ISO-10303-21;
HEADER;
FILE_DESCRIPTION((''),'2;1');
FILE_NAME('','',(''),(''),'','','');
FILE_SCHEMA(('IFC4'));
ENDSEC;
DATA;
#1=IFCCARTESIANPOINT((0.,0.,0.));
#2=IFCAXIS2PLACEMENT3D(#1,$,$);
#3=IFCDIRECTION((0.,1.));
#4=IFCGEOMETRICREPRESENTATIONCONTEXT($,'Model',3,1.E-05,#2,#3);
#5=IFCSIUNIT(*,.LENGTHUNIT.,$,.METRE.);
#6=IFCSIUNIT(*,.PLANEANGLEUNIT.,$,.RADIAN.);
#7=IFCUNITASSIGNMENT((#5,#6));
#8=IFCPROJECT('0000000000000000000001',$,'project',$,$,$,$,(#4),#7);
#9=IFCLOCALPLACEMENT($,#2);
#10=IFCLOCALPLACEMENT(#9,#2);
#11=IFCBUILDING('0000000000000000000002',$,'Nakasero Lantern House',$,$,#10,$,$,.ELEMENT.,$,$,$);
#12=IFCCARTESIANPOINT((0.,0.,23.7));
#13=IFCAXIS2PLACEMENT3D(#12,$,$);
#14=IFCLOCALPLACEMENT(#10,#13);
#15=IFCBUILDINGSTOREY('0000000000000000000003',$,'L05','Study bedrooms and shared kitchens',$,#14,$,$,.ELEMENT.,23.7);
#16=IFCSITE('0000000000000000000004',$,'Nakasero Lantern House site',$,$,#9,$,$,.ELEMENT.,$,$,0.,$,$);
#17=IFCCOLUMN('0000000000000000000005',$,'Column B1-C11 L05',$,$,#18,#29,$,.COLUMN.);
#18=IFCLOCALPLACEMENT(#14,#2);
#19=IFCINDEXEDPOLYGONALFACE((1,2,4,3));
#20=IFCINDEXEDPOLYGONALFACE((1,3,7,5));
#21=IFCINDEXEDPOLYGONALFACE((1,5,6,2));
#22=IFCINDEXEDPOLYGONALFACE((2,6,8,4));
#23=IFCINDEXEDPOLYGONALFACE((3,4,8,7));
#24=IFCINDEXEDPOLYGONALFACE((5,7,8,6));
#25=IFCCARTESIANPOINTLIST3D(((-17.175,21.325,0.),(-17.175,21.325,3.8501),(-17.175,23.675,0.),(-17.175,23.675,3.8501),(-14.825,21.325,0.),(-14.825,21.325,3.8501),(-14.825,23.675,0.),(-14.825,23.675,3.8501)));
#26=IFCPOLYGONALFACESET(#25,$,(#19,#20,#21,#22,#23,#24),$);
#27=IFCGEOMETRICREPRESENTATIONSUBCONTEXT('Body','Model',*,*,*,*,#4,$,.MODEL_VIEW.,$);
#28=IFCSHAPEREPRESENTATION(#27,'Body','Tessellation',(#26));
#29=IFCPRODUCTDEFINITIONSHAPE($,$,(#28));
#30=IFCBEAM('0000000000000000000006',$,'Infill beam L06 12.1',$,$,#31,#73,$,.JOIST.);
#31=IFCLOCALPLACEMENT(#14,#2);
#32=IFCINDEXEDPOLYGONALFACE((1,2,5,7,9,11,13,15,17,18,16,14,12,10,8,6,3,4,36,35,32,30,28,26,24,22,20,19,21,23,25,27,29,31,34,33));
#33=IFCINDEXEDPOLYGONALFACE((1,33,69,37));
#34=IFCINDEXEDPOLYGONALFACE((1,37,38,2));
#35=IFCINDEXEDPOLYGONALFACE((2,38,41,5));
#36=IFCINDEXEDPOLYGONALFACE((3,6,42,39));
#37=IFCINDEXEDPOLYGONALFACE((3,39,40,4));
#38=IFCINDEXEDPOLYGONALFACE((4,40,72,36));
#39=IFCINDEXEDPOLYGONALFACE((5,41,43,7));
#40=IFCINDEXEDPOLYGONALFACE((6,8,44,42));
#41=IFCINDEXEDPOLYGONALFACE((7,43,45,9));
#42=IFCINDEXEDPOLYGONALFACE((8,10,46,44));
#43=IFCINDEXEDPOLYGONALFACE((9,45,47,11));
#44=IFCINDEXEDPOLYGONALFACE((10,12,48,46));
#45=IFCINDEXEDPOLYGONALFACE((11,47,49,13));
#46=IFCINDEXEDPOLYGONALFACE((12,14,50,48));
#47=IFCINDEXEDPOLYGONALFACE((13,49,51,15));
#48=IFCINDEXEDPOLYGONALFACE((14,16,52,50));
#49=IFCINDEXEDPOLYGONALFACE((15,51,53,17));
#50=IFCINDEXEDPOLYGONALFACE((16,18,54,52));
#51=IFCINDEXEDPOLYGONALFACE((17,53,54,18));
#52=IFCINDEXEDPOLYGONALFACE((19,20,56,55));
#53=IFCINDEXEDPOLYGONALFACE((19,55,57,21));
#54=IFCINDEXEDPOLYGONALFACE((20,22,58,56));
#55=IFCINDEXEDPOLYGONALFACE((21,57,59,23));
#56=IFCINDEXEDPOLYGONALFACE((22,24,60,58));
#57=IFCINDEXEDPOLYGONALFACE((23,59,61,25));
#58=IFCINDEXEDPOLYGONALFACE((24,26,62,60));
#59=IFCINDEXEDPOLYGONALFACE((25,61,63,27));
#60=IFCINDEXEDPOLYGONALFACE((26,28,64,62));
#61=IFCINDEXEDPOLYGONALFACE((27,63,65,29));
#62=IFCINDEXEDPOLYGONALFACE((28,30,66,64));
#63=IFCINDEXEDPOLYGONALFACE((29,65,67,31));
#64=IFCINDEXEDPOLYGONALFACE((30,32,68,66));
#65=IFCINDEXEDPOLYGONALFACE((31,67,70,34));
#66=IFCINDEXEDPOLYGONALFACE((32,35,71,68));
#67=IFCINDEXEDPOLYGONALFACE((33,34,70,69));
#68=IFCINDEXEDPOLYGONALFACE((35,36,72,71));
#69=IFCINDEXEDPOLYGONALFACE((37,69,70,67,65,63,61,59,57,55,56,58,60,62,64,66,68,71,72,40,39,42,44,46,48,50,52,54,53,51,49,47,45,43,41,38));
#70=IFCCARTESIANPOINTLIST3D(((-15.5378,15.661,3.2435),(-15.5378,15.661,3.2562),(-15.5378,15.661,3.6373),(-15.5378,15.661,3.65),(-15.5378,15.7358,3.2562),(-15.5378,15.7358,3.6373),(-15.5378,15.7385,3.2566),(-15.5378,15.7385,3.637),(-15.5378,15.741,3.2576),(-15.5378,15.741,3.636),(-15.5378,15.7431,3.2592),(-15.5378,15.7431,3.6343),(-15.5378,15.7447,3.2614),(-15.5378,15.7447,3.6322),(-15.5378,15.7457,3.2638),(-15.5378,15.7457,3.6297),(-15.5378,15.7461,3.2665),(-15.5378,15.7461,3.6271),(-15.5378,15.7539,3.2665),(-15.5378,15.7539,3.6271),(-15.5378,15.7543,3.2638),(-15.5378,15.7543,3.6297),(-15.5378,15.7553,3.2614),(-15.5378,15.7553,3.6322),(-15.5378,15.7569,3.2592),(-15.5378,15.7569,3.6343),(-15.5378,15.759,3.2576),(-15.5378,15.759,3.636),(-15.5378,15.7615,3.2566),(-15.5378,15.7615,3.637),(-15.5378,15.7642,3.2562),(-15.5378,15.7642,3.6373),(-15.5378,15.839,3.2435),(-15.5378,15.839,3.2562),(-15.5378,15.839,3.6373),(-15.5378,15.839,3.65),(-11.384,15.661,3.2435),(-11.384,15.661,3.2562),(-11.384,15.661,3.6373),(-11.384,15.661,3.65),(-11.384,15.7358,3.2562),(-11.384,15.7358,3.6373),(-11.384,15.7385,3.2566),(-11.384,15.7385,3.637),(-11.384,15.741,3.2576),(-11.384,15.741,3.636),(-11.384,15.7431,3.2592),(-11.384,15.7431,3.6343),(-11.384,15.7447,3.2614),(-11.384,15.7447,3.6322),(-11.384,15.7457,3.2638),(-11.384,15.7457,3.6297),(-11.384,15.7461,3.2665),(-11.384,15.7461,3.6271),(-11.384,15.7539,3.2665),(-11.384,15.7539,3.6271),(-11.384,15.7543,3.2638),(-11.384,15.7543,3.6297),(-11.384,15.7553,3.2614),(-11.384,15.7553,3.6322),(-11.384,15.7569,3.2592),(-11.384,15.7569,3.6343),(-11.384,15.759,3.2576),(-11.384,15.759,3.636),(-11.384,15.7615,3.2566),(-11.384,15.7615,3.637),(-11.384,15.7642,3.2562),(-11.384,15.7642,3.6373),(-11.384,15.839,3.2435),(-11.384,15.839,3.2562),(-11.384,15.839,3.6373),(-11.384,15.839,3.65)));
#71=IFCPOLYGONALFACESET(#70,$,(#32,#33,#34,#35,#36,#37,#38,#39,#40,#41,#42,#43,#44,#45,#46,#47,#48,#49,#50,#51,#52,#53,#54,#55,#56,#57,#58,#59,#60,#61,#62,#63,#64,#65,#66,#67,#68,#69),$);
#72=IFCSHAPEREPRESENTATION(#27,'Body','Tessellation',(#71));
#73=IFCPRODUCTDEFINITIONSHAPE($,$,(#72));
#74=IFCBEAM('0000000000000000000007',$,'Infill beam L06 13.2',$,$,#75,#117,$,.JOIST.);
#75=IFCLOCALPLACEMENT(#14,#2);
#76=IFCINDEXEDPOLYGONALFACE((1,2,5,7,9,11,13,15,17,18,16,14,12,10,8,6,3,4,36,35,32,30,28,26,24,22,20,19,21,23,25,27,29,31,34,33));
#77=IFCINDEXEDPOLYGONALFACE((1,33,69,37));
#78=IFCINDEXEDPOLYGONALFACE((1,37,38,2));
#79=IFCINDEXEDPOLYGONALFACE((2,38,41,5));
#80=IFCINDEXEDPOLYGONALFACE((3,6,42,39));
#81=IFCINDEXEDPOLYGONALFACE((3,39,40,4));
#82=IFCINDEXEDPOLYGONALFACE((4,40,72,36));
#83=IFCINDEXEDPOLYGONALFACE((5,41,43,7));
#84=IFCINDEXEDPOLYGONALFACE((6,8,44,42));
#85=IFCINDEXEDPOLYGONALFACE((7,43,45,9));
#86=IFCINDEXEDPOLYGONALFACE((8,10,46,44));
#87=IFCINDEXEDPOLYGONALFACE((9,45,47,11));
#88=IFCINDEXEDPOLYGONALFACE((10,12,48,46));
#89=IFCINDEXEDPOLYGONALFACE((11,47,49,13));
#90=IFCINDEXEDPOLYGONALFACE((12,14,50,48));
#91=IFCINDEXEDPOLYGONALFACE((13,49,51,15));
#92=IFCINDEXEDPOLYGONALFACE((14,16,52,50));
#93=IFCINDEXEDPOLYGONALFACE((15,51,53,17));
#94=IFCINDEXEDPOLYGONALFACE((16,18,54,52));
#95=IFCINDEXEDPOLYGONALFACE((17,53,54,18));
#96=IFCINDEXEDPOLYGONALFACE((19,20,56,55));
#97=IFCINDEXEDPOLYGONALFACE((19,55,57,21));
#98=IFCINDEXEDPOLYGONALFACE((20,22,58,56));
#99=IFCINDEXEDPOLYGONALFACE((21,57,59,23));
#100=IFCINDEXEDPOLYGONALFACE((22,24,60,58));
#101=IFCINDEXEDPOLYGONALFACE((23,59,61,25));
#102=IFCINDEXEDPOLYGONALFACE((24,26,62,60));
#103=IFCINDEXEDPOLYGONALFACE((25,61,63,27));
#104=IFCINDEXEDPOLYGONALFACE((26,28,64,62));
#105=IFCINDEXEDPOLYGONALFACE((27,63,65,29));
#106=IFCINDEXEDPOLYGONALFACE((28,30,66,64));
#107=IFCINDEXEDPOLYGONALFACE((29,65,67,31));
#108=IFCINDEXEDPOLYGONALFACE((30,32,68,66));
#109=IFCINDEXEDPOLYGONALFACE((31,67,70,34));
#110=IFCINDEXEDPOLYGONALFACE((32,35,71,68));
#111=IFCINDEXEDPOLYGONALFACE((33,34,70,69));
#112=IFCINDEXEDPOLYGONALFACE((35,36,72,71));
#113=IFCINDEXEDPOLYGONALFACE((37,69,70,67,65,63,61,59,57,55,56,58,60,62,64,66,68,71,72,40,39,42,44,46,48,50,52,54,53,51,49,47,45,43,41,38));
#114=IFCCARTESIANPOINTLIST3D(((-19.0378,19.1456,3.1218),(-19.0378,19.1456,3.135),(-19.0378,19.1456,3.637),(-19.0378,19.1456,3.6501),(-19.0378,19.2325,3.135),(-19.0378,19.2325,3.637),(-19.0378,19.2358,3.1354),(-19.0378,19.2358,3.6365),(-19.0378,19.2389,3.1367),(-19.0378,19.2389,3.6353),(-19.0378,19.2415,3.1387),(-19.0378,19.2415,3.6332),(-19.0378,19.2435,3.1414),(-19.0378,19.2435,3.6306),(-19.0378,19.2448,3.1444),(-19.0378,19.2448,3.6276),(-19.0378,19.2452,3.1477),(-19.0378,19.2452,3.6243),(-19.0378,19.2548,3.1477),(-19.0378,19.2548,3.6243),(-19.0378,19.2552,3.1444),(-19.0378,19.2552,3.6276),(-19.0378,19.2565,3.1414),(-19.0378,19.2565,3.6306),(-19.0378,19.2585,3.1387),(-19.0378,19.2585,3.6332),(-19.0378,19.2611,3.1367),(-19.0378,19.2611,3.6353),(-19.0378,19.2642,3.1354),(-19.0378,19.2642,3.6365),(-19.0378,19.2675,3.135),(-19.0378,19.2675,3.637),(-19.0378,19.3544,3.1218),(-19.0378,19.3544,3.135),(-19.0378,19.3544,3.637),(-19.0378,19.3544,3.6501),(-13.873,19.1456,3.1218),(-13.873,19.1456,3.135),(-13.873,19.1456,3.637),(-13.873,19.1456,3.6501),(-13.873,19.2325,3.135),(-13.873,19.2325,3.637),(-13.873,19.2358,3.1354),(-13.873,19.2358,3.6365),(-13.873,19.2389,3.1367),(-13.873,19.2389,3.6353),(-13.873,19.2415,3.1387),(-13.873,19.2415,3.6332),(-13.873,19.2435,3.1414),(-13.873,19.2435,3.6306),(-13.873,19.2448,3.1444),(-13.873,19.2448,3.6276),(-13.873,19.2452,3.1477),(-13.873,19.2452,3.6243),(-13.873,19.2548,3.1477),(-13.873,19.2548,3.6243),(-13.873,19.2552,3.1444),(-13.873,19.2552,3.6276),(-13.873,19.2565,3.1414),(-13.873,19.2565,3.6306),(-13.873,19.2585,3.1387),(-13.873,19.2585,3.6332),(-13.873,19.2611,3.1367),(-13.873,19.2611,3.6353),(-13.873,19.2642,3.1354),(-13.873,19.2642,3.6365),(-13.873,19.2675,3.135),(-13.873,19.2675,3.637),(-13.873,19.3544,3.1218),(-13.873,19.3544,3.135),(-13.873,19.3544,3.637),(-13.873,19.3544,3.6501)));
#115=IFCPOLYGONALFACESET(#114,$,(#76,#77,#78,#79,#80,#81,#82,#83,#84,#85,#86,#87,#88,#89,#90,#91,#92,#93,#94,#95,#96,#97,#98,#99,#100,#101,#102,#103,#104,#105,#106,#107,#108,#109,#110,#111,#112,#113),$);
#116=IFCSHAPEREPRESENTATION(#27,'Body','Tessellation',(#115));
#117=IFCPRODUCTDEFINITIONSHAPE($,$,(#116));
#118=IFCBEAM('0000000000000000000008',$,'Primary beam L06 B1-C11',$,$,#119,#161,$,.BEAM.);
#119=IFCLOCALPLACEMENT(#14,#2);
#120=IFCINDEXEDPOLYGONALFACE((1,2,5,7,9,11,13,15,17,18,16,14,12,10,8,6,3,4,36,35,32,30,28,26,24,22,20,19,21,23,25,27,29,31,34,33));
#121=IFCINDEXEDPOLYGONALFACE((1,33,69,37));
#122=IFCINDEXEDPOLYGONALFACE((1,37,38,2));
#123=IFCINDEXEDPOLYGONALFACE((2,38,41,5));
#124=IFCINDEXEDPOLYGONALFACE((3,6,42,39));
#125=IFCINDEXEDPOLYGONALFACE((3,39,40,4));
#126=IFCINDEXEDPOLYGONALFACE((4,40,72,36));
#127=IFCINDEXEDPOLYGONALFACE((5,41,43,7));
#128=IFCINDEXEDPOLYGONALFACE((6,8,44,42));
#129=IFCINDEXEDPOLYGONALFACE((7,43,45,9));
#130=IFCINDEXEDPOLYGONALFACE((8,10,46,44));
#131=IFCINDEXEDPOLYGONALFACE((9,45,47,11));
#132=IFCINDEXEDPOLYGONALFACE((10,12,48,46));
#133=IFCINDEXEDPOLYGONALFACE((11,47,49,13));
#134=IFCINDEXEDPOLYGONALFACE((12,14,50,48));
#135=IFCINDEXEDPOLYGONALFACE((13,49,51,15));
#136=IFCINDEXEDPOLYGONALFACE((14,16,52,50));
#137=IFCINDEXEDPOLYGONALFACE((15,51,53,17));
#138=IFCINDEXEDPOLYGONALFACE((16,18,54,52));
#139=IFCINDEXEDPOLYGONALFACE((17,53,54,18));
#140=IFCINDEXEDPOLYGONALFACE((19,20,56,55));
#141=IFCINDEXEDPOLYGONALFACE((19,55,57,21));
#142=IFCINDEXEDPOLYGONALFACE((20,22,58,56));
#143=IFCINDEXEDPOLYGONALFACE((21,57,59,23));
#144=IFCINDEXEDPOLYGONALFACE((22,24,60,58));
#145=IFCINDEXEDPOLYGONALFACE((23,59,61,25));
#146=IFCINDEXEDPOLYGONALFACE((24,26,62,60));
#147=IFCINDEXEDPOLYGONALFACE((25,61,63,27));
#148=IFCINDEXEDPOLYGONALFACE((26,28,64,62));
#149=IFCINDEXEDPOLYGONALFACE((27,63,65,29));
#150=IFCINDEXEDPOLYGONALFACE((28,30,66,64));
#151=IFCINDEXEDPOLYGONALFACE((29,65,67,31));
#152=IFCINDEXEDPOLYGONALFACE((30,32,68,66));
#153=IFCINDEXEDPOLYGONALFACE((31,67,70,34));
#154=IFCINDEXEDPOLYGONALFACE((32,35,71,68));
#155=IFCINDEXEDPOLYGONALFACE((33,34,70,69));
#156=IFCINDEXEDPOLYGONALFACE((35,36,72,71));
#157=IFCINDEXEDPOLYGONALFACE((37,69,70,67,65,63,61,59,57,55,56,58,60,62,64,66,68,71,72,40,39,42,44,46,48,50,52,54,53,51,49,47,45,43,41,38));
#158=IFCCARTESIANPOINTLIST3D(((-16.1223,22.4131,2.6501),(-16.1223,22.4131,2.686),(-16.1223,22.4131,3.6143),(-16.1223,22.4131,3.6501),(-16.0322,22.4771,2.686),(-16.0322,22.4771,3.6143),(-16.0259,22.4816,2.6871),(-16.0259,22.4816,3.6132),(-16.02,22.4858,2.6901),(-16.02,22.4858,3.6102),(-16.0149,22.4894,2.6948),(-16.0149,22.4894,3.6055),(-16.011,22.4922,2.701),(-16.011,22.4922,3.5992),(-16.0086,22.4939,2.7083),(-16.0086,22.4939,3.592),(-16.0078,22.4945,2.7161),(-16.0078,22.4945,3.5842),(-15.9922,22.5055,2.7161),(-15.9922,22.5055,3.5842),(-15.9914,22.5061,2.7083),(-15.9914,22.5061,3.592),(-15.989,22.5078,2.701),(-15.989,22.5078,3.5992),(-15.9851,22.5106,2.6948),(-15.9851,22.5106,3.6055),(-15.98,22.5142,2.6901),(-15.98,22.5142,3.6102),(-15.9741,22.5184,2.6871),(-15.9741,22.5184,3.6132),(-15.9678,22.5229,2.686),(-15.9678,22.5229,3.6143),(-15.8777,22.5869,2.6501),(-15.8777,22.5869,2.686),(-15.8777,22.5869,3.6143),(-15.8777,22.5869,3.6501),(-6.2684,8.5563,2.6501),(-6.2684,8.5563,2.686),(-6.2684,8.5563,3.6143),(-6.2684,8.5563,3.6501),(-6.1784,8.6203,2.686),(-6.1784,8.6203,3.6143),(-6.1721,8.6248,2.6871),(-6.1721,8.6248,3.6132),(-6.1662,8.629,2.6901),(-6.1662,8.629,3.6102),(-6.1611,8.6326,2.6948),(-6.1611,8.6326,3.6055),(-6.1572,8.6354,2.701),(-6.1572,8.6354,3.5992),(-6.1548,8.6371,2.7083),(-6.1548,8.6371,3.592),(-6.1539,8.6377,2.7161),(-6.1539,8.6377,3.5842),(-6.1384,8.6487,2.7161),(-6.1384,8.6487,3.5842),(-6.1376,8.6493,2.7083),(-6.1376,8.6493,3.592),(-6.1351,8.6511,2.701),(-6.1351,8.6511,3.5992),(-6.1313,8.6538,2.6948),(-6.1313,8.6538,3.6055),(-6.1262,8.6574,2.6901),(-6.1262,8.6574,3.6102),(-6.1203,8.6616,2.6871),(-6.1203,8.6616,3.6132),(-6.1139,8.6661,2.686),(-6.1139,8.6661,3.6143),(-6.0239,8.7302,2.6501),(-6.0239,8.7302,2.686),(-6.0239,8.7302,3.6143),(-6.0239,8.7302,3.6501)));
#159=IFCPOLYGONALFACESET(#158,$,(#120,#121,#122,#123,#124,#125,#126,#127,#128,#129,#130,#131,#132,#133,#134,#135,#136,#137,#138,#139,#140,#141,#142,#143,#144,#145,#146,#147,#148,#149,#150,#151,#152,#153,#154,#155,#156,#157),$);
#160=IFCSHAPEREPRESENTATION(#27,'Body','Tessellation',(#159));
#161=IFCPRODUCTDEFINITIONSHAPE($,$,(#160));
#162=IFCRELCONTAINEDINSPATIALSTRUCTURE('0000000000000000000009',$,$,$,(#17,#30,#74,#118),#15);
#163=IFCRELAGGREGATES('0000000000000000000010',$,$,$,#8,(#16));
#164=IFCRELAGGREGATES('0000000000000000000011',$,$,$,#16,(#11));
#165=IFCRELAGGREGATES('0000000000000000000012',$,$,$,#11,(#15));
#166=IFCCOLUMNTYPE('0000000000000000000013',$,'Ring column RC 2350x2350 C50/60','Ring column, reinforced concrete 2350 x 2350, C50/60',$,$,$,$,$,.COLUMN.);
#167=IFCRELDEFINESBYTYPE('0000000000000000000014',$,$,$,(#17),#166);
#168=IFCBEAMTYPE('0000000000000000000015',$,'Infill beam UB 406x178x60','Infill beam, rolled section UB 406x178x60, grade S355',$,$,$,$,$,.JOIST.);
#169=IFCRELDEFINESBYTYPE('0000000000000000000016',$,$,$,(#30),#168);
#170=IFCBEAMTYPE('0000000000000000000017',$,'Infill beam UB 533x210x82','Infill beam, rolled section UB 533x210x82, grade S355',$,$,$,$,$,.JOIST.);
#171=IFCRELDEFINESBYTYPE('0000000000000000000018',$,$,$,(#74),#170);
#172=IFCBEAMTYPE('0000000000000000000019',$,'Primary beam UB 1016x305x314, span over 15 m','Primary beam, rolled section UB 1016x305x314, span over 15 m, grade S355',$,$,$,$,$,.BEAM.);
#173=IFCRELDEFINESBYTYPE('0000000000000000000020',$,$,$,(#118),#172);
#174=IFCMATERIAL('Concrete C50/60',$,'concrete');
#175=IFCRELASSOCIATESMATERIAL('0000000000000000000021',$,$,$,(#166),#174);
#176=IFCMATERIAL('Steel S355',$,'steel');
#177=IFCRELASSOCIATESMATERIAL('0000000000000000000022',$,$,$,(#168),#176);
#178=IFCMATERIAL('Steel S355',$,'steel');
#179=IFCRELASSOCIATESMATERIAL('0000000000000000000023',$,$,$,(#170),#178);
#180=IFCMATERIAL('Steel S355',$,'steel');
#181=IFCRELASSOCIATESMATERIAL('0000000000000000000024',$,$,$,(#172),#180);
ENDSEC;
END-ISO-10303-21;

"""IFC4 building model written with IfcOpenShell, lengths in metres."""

from ifc_helpers import new_model, si_unit, direction, frame, origin, origin_2d, place, context, subcontext, project, spatial, rectangle, i_section, extrude, material, material_profile, profile_set, type_object, element, save


model = new_model("IFC4")

# Units and contexts
model_context = context("Model", 3, precision=1e-05, world=origin(), true_north=direction((0.0, 1.0)))
body_context = subcontext(model_context, "Body", "Model", "MODEL_VIEW")
ifc_project = project(units=[si_unit("LENGTHUNIT", "METRE"), si_unit("PLANEANGLEUNIT", "RADIAN")], contexts=[model_context])

# Site, building, storey
site_placement = place(None, origin())
site = spatial("IfcSite", under=ifc_project, at=site_placement, Name="Nakasero Lantern House site", CompositionType="ELEMENT", RefElevation=0.0)
building_placement = place(site_placement, origin())
building = spatial("IfcBuilding", under=site, at=building_placement, Name="Nakasero Lantern House", CompositionType="ELEMENT")
storey_placement = place(building_placement, frame((0.0, 0.0, 23.7)))
storey = spatial("IfcBuildingStorey", under=building, at=storey_placement, Name="L05", Description="Study bedrooms and shared kitchens", CompositionType="ELEMENT", Elevation=23.7)

# Column
ifc_material_1 = material(Name="Concrete C50/60", Category="concrete")
ifc_material_profile_1 = material_profile(ifc_material_1, rectangle(XDim=2.3501, YDim=2.3501, at=origin_2d()), Name="RC 2350x2350")
ifc_profile_set_1 = profile_set([ifc_material_profile_1], Name="Concrete C50/60")
column_type = type_object("IfcColumnType", Name="Ring column RC 2350x2350 C50/60", Description="Ring column, reinforced concrete 2350 x 2350, C50/60", PredefinedType="COLUMN", material=ifc_profile_set_1)
column_placement = place(storey_placement, frame((-16.0, 22.5, 0.0), z_axis=(0.0, 0.0, 1.0), x_axis=(1.0, 0.0, 0.0)))
element("IfcColumn", 1, at=column_placement, inside=storey, type_object=column_type, Name="Column B1-C11 L05", PredefinedType="COLUMN", context=body_context, shape_type="SweptSolid", body=[
    extrude(rectangle(XDim=2.3501, YDim=2.3501, at=origin_2d()), origin(), (0.0, 0.0, 1.0), 3.8501),
])

# Beams
ifc_material_2 = material(Name="Steel S355", Category="steel")
ifc_material_profile_2 = material_profile(ifc_material_2, i_section(OverallWidth=0.178, OverallDepth=0.4065, WebThickness=0.0078, FlangeThickness=0.0127, FilletRadius=0.0103, at=origin_2d()), Name="UB 406x178x60")
ifc_profile_set_2 = profile_set([ifc_material_profile_2], Name="Steel S355")
beam_type_1 = type_object("IfcBeamType", Name="Infill beam UB 406x178x60", Description="Infill beam, rolled section UB 406x178x60, grade S355", PredefinedType="JOIST", material=ifc_profile_set_2)
beam_1_placement = place(storey_placement, frame((-15.5378, 15.75, 3.4468), z_axis=(1.0, 0.0, 0.0), x_axis=(0.0, 1.0, 0.0)))
element("IfcBeam", 2, at=beam_1_placement, inside=storey, type_object=beam_type_1, Name="Infill beam L06 12.1", PredefinedType="JOIST", context=body_context, shape_type="SweptSolid", body=[
    extrude(i_section(OverallWidth=0.178, OverallDepth=0.4065, WebThickness=0.0078, FlangeThickness=0.0127, FilletRadius=0.0103, at=origin_2d()), origin(), (0.0, 0.0, 1.0), 4.1538),
])
ifc_material_3 = material(Name="Steel S355", Category="steel")
ifc_material_profile_3 = material_profile(ifc_material_3, i_section(OverallWidth=0.2087, OverallDepth=0.5283, WebThickness=0.0095, FlangeThickness=0.0132, FilletRadius=0.0127, at=origin_2d()), Name="UB 533x210x82")
ifc_profile_set_3 = profile_set([ifc_material_profile_3], Name="Steel S355")
beam_type_2 = type_object("IfcBeamType", Name="Infill beam UB 533x210x82", Description="Infill beam, rolled section UB 533x210x82, grade S355", PredefinedType="JOIST", material=ifc_profile_set_3)
beam_2_placement = place(storey_placement, frame((-19.0378, 19.25, 3.386), z_axis=(1.0, 0.0, 0.0), x_axis=(0.0, 1.0, 0.0)))
element("IfcBeam", 3, at=beam_2_placement, inside=storey, type_object=beam_type_2, Name="Infill beam L06 13.2", PredefinedType="JOIST", context=body_context, shape_type="SweptSolid", body=[
    extrude(i_section(OverallWidth=0.2087, OverallDepth=0.5283, WebThickness=0.0095, FlangeThickness=0.0132, FilletRadius=0.0127, at=origin_2d()), origin(), (0.0, 0.0, 1.0), 5.1648),
])
ifc_material_4 = material(Name="Steel S355", Category="steel")
ifc_material_profile_4 = material_profile(ifc_material_4, i_section(OverallWidth=0.3, OverallDepth=1.0, WebThickness=0.019, FlangeThickness=0.0359, FilletRadius=0.03, at=origin_2d()), Name="UB 1016x305x314")
ifc_profile_set_4 = profile_set([ifc_material_profile_4], Name="Steel S355")
beam_type_3 = type_object("IfcBeamType", Name="Primary beam UB 1016x305x314, span over 15 m", Description="Primary beam, rolled section UB 1016x305x314, span over 15 m, grade S355", PredefinedType="BEAM", material=ifc_profile_set_4)
beam_3_placement = place(storey_placement, frame((-16.0, 22.5, 3.1501), z_axis=(0.579528, -0.814952, 0.0), x_axis=(0.814952, 0.579528, 0.0)))
element("IfcBeam", 4, at=beam_3_placement, inside=storey, type_object=beam_type_3, Name="Primary beam L06 B1-C11", PredefinedType="BEAM", context=body_context, shape_type="SweptSolid", body=[
    extrude(i_section(OverallWidth=0.3, OverallDepth=1.0, WebThickness=0.019, FlangeThickness=0.0359, FilletRadius=0.03, at=origin_2d()), origin(), (0.0, 0.0, 1.0), 17.0032),
])

save(model, "model.ifc")
